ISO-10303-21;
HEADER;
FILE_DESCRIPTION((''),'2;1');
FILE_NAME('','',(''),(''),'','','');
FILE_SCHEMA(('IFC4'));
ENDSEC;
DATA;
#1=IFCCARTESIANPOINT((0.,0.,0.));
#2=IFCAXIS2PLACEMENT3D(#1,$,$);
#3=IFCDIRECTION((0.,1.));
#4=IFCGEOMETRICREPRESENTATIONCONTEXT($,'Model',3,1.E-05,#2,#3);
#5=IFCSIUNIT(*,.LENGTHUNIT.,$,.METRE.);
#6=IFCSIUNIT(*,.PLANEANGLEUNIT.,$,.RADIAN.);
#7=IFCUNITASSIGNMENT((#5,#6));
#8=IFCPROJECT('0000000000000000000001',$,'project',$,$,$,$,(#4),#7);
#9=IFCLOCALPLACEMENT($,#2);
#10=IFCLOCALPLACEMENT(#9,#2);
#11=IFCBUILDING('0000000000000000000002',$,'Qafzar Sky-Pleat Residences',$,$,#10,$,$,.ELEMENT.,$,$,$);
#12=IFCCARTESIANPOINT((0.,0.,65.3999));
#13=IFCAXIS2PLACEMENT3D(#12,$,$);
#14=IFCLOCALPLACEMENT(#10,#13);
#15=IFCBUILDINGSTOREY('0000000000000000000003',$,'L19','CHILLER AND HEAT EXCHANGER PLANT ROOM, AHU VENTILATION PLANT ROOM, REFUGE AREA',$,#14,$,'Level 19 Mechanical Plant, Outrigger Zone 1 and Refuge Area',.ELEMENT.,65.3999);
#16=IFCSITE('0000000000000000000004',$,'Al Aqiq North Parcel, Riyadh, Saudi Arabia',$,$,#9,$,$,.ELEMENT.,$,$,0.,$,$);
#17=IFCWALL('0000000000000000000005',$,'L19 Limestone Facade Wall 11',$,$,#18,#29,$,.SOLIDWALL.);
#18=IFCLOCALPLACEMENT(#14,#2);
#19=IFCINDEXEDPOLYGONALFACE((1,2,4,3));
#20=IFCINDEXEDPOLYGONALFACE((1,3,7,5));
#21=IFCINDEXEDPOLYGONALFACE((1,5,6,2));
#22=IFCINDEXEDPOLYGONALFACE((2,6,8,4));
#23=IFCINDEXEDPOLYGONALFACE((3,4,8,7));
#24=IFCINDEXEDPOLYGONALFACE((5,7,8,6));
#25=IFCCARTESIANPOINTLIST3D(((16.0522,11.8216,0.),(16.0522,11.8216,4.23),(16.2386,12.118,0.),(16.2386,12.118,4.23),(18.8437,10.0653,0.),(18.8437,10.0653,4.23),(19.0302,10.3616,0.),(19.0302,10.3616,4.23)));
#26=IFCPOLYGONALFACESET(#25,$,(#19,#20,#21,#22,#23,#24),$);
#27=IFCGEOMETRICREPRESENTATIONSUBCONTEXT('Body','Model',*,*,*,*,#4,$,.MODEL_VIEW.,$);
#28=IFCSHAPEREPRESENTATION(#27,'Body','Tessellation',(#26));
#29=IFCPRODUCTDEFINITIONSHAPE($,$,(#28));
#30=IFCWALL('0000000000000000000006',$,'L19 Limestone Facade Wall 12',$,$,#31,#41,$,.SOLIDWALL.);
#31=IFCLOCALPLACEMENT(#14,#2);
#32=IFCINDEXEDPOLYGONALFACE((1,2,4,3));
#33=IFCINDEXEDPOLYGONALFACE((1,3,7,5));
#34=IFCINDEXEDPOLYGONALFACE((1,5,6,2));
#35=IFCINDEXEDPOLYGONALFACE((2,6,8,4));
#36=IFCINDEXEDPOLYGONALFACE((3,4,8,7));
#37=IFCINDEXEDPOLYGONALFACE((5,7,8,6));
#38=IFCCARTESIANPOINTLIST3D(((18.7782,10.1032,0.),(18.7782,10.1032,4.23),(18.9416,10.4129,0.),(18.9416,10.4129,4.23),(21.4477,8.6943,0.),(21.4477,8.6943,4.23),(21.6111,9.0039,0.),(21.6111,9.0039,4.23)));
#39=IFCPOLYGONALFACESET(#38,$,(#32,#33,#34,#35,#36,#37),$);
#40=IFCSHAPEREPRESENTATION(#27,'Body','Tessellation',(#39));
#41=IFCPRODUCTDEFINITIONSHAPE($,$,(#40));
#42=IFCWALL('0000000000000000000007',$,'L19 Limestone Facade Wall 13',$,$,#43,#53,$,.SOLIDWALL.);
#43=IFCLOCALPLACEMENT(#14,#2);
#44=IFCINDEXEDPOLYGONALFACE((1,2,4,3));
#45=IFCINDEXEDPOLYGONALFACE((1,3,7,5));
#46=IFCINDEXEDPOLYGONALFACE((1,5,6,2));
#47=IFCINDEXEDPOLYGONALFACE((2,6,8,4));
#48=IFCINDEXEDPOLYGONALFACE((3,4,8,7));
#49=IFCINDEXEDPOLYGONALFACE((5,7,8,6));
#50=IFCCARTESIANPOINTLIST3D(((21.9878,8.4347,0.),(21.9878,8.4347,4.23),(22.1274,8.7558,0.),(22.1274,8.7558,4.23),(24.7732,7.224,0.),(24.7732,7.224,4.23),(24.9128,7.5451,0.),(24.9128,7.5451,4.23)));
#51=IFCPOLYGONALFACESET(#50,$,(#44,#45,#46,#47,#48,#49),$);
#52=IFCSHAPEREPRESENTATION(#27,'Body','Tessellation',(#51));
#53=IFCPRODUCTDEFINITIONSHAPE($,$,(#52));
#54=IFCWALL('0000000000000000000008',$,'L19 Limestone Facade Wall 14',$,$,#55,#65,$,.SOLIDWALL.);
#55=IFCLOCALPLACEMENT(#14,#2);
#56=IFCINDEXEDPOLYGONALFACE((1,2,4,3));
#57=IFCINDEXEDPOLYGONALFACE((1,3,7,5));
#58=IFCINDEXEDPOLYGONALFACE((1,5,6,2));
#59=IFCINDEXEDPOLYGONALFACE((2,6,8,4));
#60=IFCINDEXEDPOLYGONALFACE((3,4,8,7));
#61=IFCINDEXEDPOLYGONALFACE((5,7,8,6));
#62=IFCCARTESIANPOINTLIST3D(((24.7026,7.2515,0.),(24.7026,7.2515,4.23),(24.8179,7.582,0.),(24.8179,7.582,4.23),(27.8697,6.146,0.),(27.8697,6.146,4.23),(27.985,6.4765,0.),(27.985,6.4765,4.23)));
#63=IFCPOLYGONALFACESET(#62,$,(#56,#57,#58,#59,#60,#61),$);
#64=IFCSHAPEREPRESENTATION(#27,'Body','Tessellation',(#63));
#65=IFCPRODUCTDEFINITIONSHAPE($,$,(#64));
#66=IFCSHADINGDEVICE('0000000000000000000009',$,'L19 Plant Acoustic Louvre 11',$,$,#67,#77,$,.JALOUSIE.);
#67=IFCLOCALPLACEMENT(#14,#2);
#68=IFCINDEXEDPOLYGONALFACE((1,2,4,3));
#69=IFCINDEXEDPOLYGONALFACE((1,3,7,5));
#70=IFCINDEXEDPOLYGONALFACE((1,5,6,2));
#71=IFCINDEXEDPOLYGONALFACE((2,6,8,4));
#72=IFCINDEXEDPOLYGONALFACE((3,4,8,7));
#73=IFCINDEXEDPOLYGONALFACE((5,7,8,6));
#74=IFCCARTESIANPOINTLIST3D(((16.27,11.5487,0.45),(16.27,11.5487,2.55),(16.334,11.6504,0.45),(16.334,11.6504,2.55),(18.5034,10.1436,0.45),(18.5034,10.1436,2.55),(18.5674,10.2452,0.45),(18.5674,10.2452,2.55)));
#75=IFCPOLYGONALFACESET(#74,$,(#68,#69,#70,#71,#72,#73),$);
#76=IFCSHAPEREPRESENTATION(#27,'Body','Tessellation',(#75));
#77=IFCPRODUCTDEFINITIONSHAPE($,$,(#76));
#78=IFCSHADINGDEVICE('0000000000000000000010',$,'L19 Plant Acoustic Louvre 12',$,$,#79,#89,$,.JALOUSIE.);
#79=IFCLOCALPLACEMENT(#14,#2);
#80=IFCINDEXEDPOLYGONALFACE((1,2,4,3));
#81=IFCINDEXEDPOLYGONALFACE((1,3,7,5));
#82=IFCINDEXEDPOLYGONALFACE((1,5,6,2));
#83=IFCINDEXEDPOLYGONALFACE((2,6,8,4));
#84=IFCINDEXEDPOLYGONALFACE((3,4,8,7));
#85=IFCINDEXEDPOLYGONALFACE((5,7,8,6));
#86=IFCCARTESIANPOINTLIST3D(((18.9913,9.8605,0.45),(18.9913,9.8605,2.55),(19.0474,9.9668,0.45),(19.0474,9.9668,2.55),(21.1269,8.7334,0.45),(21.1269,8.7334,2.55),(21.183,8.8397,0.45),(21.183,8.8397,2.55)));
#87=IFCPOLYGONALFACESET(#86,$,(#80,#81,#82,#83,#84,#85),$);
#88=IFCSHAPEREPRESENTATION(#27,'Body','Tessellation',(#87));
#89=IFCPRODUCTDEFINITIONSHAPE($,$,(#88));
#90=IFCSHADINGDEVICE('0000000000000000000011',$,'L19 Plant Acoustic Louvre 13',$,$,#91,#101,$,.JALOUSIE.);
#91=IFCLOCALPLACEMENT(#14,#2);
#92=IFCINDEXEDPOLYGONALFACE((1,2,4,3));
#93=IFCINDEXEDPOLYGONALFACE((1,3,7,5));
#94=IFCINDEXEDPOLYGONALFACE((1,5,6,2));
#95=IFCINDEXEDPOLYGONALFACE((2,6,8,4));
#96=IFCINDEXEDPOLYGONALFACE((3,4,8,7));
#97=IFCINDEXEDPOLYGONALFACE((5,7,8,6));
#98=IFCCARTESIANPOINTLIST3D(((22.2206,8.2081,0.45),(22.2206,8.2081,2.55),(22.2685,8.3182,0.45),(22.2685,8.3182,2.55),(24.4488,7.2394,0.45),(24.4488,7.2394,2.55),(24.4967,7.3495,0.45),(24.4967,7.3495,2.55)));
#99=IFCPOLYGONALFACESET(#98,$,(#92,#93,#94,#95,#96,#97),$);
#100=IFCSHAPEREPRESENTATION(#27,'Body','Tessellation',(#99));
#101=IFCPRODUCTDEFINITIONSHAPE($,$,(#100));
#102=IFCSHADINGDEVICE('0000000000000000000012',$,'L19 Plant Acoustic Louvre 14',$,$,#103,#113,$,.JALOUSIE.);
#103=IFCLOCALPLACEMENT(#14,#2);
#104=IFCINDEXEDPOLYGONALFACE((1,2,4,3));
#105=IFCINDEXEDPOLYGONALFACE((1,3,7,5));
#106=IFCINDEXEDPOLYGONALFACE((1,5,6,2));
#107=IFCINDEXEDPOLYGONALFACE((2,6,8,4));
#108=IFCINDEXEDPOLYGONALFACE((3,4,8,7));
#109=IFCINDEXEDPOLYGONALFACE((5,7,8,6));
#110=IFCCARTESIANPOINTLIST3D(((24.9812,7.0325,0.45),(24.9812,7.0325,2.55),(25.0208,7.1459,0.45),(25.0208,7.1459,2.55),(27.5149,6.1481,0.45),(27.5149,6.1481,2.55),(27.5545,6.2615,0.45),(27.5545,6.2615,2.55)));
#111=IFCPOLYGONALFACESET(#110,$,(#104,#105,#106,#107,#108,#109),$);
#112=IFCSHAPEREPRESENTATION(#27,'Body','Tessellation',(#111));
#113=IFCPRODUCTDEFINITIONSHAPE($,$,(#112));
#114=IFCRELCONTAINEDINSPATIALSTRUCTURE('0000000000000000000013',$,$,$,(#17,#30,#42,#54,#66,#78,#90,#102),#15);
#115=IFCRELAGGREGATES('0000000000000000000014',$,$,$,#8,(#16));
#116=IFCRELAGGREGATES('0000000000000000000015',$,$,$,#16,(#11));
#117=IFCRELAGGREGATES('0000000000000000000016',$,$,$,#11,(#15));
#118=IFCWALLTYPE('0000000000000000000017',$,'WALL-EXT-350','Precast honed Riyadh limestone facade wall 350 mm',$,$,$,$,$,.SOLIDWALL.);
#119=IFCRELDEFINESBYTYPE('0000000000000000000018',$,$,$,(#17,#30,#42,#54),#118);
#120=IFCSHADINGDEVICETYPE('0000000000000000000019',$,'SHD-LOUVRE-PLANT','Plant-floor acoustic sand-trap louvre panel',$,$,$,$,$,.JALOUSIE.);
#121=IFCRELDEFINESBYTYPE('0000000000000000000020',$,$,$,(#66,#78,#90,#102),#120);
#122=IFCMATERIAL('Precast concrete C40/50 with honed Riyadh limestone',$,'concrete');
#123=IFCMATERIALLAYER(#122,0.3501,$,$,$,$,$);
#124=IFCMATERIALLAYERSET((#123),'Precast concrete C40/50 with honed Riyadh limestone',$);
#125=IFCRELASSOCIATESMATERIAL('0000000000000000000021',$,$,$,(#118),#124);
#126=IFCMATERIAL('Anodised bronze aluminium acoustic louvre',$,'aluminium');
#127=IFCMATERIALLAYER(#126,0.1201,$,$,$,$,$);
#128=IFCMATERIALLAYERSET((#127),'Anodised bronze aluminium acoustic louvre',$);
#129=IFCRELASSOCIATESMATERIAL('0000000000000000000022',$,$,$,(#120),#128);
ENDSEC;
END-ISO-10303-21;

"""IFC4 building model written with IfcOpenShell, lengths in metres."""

from ifc_helpers import new_model, si_unit, direction, frame, frame_2d, origin, origin_2d, place, context, subcontext, project, spatial, rectangle, extrude, source, transform, mapped, material, layer, layer_set, type_object, element, save


model = new_model("IFC4")

# Units and contexts
model_context = context("Model", 3, precision=1e-05, world=origin(), true_north=direction((0.0, 1.0)))
body_context = subcontext(model_context, "Body", "Model", "MODEL_VIEW")
ifc_project = project(units=[si_unit("LENGTHUNIT", "METRE"), si_unit("PLANEANGLEUNIT", "RADIAN")], contexts=[model_context])

# Site, building, storey
site_placement = place(None, origin())
site = spatial("IfcSite", under=ifc_project, at=site_placement, Name="Al Aqiq North Parcel, Riyadh, Saudi Arabia", CompositionType="ELEMENT", RefElevation=0.0)
building_placement = place(site_placement, origin())
building = spatial("IfcBuilding", under=site, at=building_placement, Name="Qafzar Sky-Pleat Residences", CompositionType="ELEMENT")
storey_placement = place(building_placement, frame((0.0, 0.0, 65.3999)))
storey = spatial("IfcBuildingStorey", under=building, at=storey_placement, Name="L19", Description="CHILLER AND HEAT EXCHANGER PLANT ROOM, AHU VENTILATION PLANT ROOM, REFUGE AREA", LongName="Level 19 Mechanical Plant, Outrigger Zone 1 and Refuge Area", CompositionType="ELEMENT", Elevation=65.3999)

# Walls
ifc_material_1 = material(Name="Precast concrete C40/50 with honed Riyadh limestone", Category="concrete")
ifc_layer_1 = layer(ifc_material_1, 0.3501)
ifc_layer_set_1 = layer_set([ifc_layer_1], Name="Precast concrete C40/50 with honed Riyadh limestone")
wall_type_1 = type_object("IfcWallType", Name="WALL-EXT-350", Description="Precast honed Riyadh limestone facade wall 350 mm", PredefinedType="SOLIDWALL", material=ifc_layer_set_1)
wall_1_placement = place(storey_placement, frame((16.1455, 11.9697, 0.0), z_axis=(0.0, 0.0, 1.0), x_axis=(0.846406, -0.532538, 0.0)))
element("IfcWall", 1, at=wall_1_placement, inside=storey, type_object=wall_type_1, Name="L19 Limestone Facade Wall 11", PredefinedType="SOLIDWALL", context=body_context, shape_type="SweptSolid", body=[
    extrude(rectangle(XDim=3.2981, YDim=0.3501, at=frame_2d((1.6489, 0.0))), origin(), (0.0, 0.0, 1.0), 4.23),
])
wall_2_placement = place(storey_placement, frame((18.8599, 10.2581, 0.0), z_axis=(0.0, 0.0, 1.0), x_axis=(0.884375, -0.466776, 0.0)))
element("IfcWall", 2, at=wall_2_placement, inside=storey, type_object=wall_type_1, Name="L19 Limestone Facade Wall 12", PredefinedType="SOLIDWALL", context=body_context, shape_type="SweptSolid", body=[
    extrude(rectangle(XDim=3.0186, YDim=0.3501, at=frame_2d((1.5093, 0.0))), origin(), (0.0, 0.0, 1.0), 4.23),
])
wall_3_placement = place(storey_placement, frame((22.0576, 8.5952, 0.0), z_axis=(0.0, 0.0, 1.0), x_axis=(0.917112, -0.398629, 0.0)))
element("IfcWall", 3, at=wall_3_placement, inside=storey, type_object=wall_type_1, Name="L19 Limestone Facade Wall 13", PredefinedType="SOLIDWALL", context=body_context, shape_type="SweptSolid", body=[
    extrude(rectangle(XDim=3.0371, YDim=0.3501, at=frame_2d((1.5186, 0.0))), origin(), (0.0, 0.0, 1.0), 4.23),
])
wall_4_placement = place(storey_placement, frame((24.7603, 7.4167, 0.0), z_axis=(0.0, 0.0, 1.0), x_axis=(0.944135, -0.329559, 0.0)))
element("IfcWall", 4, at=wall_4_placement, inside=storey, type_object=wall_type_1, Name="L19 Limestone Facade Wall 14", PredefinedType="SOLIDWALL", context=body_context, shape_type="SweptSolid", body=[
    extrude(rectangle(XDim=3.3545, YDim=0.3501, at=frame_2d((1.6772, 0.0))), origin(), (0.0, 0.0, 1.0), 4.23),
])

# Shading devices
ifc_material_2 = material(Name="Anodised bronze aluminium acoustic louvre", Category="aluminium")
ifc_layer_2 = layer(ifc_material_2, 0.1201)
ifc_layer_set_2 = layer_set([ifc_layer_2], Name="Anodised bronze aluminium acoustic louvre")
shading_device_type = type_object("IfcShadingDeviceType", Name="SHD-LOUVRE-PLANT", Description="Plant-floor acoustic sand-trap louvre panel", PredefinedType="JALOUSIE", material=ifc_layer_set_2)
shared_shape_1 = source(origin(), body_context, "Body", "SweptSolid", [
    extrude(rectangle(XDim=2.6387, YDim=0.1201, at=origin_2d()), origin(), (0.0, 0.0, 1.0), 2.1001),
])
shading_device_1_placement = place(storey_placement, frame((17.4187, 10.897, 0.45), z_axis=(0.0, 0.0, 1.0), x_axis=(0.846416, -0.532523, 0.0)))
element("IfcShadingDevice", 5, at=shading_device_1_placement, inside=storey, type_object=shading_device_type, Name="L19 Plant Acoustic Louvre 11", PredefinedType="JALOUSIE", context=body_context, shape_type="MappedRepresentation", body=[
    mapped(shared_shape_1, transform((0.0, 0.0, 0.0), x_axis=(1.0, 0.0, 0.0), y_axis=(0.0, 1.0, 0.0), z_axis=(0.0, 0.0, 1.0), scale=1.0)),
])
shared_shape_2 = source(origin(), body_context, "Body", "SweptSolid", [
    extrude(rectangle(XDim=2.4148, YDim=0.1201, at=origin_2d()), origin(), (0.0, 0.0, 1.0), 2.1001),
])
shading_device_2_placement = place(storey_placement, frame((20.0872, 9.3501, 0.45), z_axis=(0.0, 0.0, 1.0), x_axis=(0.884392, -0.466746, 0.0)))
element("IfcShadingDevice", 6, at=shading_device_2_placement, inside=storey, type_object=shading_device_type, Name="L19 Plant Acoustic Louvre 12", PredefinedType="JALOUSIE", context=body_context, shape_type="MappedRepresentation", body=[
    mapped(shared_shape_2, transform((0.0, 0.0, 0.0), x_axis=(1.0, 0.0, 0.0), y_axis=(0.0, 1.0, 0.0), z_axis=(0.0, 0.0, 1.0), scale=1.0)),
])
shared_shape_3 = source(origin(), body_context, "Body", "SweptSolid", [
    extrude(rectangle(XDim=2.4297, YDim=0.1201, at=origin_2d()), origin(), (0.0, 0.0, 1.0), 2.1001),
])
shading_device_3_placement = place(storey_placement, frame((23.3586, 7.7788, 0.45), z_axis=(0.0, 0.0, 1.0), x_axis=(0.917082, -0.398698, 0.0)))
element("IfcShadingDevice", 7, at=shading_device_3_placement, inside=storey, type_object=shading_device_type, Name="L19 Plant Acoustic Louvre 13", PredefinedType="JALOUSIE", context=body_context, shape_type="MappedRepresentation", body=[
    mapped(shared_shape_3, transform((0.0, 0.0, 0.0), x_axis=(1.0, 0.0, 0.0), y_axis=(0.0, 1.0, 0.0), z_axis=(0.0, 0.0, 1.0), scale=1.0)),
])
shared_shape_4 = source(origin(), body_context, "Body", "SweptSolid", [
    extrude(rectangle(XDim=2.6836, YDim=0.1201, at=origin_2d()), origin(), (0.0, 0.0, 1.0), 2.1001),
])
shading_device_4_placement = place(storey_placement, frame((26.2678, 6.647, 0.45), z_axis=(0.0, 0.0, 1.0), x_axis=(0.944135, -0.329558, 0.0)))
element("IfcShadingDevice", 8, at=shading_device_4_placement, inside=storey, type_object=shading_device_type, Name="L19 Plant Acoustic Louvre 14", PredefinedType="JALOUSIE", context=body_context, shape_type="MappedRepresentation", body=[
    mapped(shared_shape_4, transform((0.0, 0.0, 0.0), x_axis=(1.0, 0.0, 0.0), y_axis=(0.0, 1.0, 0.0), z_axis=(0.0, 0.0, 1.0), scale=1.0)),
])

save(model, "model.ifc")
